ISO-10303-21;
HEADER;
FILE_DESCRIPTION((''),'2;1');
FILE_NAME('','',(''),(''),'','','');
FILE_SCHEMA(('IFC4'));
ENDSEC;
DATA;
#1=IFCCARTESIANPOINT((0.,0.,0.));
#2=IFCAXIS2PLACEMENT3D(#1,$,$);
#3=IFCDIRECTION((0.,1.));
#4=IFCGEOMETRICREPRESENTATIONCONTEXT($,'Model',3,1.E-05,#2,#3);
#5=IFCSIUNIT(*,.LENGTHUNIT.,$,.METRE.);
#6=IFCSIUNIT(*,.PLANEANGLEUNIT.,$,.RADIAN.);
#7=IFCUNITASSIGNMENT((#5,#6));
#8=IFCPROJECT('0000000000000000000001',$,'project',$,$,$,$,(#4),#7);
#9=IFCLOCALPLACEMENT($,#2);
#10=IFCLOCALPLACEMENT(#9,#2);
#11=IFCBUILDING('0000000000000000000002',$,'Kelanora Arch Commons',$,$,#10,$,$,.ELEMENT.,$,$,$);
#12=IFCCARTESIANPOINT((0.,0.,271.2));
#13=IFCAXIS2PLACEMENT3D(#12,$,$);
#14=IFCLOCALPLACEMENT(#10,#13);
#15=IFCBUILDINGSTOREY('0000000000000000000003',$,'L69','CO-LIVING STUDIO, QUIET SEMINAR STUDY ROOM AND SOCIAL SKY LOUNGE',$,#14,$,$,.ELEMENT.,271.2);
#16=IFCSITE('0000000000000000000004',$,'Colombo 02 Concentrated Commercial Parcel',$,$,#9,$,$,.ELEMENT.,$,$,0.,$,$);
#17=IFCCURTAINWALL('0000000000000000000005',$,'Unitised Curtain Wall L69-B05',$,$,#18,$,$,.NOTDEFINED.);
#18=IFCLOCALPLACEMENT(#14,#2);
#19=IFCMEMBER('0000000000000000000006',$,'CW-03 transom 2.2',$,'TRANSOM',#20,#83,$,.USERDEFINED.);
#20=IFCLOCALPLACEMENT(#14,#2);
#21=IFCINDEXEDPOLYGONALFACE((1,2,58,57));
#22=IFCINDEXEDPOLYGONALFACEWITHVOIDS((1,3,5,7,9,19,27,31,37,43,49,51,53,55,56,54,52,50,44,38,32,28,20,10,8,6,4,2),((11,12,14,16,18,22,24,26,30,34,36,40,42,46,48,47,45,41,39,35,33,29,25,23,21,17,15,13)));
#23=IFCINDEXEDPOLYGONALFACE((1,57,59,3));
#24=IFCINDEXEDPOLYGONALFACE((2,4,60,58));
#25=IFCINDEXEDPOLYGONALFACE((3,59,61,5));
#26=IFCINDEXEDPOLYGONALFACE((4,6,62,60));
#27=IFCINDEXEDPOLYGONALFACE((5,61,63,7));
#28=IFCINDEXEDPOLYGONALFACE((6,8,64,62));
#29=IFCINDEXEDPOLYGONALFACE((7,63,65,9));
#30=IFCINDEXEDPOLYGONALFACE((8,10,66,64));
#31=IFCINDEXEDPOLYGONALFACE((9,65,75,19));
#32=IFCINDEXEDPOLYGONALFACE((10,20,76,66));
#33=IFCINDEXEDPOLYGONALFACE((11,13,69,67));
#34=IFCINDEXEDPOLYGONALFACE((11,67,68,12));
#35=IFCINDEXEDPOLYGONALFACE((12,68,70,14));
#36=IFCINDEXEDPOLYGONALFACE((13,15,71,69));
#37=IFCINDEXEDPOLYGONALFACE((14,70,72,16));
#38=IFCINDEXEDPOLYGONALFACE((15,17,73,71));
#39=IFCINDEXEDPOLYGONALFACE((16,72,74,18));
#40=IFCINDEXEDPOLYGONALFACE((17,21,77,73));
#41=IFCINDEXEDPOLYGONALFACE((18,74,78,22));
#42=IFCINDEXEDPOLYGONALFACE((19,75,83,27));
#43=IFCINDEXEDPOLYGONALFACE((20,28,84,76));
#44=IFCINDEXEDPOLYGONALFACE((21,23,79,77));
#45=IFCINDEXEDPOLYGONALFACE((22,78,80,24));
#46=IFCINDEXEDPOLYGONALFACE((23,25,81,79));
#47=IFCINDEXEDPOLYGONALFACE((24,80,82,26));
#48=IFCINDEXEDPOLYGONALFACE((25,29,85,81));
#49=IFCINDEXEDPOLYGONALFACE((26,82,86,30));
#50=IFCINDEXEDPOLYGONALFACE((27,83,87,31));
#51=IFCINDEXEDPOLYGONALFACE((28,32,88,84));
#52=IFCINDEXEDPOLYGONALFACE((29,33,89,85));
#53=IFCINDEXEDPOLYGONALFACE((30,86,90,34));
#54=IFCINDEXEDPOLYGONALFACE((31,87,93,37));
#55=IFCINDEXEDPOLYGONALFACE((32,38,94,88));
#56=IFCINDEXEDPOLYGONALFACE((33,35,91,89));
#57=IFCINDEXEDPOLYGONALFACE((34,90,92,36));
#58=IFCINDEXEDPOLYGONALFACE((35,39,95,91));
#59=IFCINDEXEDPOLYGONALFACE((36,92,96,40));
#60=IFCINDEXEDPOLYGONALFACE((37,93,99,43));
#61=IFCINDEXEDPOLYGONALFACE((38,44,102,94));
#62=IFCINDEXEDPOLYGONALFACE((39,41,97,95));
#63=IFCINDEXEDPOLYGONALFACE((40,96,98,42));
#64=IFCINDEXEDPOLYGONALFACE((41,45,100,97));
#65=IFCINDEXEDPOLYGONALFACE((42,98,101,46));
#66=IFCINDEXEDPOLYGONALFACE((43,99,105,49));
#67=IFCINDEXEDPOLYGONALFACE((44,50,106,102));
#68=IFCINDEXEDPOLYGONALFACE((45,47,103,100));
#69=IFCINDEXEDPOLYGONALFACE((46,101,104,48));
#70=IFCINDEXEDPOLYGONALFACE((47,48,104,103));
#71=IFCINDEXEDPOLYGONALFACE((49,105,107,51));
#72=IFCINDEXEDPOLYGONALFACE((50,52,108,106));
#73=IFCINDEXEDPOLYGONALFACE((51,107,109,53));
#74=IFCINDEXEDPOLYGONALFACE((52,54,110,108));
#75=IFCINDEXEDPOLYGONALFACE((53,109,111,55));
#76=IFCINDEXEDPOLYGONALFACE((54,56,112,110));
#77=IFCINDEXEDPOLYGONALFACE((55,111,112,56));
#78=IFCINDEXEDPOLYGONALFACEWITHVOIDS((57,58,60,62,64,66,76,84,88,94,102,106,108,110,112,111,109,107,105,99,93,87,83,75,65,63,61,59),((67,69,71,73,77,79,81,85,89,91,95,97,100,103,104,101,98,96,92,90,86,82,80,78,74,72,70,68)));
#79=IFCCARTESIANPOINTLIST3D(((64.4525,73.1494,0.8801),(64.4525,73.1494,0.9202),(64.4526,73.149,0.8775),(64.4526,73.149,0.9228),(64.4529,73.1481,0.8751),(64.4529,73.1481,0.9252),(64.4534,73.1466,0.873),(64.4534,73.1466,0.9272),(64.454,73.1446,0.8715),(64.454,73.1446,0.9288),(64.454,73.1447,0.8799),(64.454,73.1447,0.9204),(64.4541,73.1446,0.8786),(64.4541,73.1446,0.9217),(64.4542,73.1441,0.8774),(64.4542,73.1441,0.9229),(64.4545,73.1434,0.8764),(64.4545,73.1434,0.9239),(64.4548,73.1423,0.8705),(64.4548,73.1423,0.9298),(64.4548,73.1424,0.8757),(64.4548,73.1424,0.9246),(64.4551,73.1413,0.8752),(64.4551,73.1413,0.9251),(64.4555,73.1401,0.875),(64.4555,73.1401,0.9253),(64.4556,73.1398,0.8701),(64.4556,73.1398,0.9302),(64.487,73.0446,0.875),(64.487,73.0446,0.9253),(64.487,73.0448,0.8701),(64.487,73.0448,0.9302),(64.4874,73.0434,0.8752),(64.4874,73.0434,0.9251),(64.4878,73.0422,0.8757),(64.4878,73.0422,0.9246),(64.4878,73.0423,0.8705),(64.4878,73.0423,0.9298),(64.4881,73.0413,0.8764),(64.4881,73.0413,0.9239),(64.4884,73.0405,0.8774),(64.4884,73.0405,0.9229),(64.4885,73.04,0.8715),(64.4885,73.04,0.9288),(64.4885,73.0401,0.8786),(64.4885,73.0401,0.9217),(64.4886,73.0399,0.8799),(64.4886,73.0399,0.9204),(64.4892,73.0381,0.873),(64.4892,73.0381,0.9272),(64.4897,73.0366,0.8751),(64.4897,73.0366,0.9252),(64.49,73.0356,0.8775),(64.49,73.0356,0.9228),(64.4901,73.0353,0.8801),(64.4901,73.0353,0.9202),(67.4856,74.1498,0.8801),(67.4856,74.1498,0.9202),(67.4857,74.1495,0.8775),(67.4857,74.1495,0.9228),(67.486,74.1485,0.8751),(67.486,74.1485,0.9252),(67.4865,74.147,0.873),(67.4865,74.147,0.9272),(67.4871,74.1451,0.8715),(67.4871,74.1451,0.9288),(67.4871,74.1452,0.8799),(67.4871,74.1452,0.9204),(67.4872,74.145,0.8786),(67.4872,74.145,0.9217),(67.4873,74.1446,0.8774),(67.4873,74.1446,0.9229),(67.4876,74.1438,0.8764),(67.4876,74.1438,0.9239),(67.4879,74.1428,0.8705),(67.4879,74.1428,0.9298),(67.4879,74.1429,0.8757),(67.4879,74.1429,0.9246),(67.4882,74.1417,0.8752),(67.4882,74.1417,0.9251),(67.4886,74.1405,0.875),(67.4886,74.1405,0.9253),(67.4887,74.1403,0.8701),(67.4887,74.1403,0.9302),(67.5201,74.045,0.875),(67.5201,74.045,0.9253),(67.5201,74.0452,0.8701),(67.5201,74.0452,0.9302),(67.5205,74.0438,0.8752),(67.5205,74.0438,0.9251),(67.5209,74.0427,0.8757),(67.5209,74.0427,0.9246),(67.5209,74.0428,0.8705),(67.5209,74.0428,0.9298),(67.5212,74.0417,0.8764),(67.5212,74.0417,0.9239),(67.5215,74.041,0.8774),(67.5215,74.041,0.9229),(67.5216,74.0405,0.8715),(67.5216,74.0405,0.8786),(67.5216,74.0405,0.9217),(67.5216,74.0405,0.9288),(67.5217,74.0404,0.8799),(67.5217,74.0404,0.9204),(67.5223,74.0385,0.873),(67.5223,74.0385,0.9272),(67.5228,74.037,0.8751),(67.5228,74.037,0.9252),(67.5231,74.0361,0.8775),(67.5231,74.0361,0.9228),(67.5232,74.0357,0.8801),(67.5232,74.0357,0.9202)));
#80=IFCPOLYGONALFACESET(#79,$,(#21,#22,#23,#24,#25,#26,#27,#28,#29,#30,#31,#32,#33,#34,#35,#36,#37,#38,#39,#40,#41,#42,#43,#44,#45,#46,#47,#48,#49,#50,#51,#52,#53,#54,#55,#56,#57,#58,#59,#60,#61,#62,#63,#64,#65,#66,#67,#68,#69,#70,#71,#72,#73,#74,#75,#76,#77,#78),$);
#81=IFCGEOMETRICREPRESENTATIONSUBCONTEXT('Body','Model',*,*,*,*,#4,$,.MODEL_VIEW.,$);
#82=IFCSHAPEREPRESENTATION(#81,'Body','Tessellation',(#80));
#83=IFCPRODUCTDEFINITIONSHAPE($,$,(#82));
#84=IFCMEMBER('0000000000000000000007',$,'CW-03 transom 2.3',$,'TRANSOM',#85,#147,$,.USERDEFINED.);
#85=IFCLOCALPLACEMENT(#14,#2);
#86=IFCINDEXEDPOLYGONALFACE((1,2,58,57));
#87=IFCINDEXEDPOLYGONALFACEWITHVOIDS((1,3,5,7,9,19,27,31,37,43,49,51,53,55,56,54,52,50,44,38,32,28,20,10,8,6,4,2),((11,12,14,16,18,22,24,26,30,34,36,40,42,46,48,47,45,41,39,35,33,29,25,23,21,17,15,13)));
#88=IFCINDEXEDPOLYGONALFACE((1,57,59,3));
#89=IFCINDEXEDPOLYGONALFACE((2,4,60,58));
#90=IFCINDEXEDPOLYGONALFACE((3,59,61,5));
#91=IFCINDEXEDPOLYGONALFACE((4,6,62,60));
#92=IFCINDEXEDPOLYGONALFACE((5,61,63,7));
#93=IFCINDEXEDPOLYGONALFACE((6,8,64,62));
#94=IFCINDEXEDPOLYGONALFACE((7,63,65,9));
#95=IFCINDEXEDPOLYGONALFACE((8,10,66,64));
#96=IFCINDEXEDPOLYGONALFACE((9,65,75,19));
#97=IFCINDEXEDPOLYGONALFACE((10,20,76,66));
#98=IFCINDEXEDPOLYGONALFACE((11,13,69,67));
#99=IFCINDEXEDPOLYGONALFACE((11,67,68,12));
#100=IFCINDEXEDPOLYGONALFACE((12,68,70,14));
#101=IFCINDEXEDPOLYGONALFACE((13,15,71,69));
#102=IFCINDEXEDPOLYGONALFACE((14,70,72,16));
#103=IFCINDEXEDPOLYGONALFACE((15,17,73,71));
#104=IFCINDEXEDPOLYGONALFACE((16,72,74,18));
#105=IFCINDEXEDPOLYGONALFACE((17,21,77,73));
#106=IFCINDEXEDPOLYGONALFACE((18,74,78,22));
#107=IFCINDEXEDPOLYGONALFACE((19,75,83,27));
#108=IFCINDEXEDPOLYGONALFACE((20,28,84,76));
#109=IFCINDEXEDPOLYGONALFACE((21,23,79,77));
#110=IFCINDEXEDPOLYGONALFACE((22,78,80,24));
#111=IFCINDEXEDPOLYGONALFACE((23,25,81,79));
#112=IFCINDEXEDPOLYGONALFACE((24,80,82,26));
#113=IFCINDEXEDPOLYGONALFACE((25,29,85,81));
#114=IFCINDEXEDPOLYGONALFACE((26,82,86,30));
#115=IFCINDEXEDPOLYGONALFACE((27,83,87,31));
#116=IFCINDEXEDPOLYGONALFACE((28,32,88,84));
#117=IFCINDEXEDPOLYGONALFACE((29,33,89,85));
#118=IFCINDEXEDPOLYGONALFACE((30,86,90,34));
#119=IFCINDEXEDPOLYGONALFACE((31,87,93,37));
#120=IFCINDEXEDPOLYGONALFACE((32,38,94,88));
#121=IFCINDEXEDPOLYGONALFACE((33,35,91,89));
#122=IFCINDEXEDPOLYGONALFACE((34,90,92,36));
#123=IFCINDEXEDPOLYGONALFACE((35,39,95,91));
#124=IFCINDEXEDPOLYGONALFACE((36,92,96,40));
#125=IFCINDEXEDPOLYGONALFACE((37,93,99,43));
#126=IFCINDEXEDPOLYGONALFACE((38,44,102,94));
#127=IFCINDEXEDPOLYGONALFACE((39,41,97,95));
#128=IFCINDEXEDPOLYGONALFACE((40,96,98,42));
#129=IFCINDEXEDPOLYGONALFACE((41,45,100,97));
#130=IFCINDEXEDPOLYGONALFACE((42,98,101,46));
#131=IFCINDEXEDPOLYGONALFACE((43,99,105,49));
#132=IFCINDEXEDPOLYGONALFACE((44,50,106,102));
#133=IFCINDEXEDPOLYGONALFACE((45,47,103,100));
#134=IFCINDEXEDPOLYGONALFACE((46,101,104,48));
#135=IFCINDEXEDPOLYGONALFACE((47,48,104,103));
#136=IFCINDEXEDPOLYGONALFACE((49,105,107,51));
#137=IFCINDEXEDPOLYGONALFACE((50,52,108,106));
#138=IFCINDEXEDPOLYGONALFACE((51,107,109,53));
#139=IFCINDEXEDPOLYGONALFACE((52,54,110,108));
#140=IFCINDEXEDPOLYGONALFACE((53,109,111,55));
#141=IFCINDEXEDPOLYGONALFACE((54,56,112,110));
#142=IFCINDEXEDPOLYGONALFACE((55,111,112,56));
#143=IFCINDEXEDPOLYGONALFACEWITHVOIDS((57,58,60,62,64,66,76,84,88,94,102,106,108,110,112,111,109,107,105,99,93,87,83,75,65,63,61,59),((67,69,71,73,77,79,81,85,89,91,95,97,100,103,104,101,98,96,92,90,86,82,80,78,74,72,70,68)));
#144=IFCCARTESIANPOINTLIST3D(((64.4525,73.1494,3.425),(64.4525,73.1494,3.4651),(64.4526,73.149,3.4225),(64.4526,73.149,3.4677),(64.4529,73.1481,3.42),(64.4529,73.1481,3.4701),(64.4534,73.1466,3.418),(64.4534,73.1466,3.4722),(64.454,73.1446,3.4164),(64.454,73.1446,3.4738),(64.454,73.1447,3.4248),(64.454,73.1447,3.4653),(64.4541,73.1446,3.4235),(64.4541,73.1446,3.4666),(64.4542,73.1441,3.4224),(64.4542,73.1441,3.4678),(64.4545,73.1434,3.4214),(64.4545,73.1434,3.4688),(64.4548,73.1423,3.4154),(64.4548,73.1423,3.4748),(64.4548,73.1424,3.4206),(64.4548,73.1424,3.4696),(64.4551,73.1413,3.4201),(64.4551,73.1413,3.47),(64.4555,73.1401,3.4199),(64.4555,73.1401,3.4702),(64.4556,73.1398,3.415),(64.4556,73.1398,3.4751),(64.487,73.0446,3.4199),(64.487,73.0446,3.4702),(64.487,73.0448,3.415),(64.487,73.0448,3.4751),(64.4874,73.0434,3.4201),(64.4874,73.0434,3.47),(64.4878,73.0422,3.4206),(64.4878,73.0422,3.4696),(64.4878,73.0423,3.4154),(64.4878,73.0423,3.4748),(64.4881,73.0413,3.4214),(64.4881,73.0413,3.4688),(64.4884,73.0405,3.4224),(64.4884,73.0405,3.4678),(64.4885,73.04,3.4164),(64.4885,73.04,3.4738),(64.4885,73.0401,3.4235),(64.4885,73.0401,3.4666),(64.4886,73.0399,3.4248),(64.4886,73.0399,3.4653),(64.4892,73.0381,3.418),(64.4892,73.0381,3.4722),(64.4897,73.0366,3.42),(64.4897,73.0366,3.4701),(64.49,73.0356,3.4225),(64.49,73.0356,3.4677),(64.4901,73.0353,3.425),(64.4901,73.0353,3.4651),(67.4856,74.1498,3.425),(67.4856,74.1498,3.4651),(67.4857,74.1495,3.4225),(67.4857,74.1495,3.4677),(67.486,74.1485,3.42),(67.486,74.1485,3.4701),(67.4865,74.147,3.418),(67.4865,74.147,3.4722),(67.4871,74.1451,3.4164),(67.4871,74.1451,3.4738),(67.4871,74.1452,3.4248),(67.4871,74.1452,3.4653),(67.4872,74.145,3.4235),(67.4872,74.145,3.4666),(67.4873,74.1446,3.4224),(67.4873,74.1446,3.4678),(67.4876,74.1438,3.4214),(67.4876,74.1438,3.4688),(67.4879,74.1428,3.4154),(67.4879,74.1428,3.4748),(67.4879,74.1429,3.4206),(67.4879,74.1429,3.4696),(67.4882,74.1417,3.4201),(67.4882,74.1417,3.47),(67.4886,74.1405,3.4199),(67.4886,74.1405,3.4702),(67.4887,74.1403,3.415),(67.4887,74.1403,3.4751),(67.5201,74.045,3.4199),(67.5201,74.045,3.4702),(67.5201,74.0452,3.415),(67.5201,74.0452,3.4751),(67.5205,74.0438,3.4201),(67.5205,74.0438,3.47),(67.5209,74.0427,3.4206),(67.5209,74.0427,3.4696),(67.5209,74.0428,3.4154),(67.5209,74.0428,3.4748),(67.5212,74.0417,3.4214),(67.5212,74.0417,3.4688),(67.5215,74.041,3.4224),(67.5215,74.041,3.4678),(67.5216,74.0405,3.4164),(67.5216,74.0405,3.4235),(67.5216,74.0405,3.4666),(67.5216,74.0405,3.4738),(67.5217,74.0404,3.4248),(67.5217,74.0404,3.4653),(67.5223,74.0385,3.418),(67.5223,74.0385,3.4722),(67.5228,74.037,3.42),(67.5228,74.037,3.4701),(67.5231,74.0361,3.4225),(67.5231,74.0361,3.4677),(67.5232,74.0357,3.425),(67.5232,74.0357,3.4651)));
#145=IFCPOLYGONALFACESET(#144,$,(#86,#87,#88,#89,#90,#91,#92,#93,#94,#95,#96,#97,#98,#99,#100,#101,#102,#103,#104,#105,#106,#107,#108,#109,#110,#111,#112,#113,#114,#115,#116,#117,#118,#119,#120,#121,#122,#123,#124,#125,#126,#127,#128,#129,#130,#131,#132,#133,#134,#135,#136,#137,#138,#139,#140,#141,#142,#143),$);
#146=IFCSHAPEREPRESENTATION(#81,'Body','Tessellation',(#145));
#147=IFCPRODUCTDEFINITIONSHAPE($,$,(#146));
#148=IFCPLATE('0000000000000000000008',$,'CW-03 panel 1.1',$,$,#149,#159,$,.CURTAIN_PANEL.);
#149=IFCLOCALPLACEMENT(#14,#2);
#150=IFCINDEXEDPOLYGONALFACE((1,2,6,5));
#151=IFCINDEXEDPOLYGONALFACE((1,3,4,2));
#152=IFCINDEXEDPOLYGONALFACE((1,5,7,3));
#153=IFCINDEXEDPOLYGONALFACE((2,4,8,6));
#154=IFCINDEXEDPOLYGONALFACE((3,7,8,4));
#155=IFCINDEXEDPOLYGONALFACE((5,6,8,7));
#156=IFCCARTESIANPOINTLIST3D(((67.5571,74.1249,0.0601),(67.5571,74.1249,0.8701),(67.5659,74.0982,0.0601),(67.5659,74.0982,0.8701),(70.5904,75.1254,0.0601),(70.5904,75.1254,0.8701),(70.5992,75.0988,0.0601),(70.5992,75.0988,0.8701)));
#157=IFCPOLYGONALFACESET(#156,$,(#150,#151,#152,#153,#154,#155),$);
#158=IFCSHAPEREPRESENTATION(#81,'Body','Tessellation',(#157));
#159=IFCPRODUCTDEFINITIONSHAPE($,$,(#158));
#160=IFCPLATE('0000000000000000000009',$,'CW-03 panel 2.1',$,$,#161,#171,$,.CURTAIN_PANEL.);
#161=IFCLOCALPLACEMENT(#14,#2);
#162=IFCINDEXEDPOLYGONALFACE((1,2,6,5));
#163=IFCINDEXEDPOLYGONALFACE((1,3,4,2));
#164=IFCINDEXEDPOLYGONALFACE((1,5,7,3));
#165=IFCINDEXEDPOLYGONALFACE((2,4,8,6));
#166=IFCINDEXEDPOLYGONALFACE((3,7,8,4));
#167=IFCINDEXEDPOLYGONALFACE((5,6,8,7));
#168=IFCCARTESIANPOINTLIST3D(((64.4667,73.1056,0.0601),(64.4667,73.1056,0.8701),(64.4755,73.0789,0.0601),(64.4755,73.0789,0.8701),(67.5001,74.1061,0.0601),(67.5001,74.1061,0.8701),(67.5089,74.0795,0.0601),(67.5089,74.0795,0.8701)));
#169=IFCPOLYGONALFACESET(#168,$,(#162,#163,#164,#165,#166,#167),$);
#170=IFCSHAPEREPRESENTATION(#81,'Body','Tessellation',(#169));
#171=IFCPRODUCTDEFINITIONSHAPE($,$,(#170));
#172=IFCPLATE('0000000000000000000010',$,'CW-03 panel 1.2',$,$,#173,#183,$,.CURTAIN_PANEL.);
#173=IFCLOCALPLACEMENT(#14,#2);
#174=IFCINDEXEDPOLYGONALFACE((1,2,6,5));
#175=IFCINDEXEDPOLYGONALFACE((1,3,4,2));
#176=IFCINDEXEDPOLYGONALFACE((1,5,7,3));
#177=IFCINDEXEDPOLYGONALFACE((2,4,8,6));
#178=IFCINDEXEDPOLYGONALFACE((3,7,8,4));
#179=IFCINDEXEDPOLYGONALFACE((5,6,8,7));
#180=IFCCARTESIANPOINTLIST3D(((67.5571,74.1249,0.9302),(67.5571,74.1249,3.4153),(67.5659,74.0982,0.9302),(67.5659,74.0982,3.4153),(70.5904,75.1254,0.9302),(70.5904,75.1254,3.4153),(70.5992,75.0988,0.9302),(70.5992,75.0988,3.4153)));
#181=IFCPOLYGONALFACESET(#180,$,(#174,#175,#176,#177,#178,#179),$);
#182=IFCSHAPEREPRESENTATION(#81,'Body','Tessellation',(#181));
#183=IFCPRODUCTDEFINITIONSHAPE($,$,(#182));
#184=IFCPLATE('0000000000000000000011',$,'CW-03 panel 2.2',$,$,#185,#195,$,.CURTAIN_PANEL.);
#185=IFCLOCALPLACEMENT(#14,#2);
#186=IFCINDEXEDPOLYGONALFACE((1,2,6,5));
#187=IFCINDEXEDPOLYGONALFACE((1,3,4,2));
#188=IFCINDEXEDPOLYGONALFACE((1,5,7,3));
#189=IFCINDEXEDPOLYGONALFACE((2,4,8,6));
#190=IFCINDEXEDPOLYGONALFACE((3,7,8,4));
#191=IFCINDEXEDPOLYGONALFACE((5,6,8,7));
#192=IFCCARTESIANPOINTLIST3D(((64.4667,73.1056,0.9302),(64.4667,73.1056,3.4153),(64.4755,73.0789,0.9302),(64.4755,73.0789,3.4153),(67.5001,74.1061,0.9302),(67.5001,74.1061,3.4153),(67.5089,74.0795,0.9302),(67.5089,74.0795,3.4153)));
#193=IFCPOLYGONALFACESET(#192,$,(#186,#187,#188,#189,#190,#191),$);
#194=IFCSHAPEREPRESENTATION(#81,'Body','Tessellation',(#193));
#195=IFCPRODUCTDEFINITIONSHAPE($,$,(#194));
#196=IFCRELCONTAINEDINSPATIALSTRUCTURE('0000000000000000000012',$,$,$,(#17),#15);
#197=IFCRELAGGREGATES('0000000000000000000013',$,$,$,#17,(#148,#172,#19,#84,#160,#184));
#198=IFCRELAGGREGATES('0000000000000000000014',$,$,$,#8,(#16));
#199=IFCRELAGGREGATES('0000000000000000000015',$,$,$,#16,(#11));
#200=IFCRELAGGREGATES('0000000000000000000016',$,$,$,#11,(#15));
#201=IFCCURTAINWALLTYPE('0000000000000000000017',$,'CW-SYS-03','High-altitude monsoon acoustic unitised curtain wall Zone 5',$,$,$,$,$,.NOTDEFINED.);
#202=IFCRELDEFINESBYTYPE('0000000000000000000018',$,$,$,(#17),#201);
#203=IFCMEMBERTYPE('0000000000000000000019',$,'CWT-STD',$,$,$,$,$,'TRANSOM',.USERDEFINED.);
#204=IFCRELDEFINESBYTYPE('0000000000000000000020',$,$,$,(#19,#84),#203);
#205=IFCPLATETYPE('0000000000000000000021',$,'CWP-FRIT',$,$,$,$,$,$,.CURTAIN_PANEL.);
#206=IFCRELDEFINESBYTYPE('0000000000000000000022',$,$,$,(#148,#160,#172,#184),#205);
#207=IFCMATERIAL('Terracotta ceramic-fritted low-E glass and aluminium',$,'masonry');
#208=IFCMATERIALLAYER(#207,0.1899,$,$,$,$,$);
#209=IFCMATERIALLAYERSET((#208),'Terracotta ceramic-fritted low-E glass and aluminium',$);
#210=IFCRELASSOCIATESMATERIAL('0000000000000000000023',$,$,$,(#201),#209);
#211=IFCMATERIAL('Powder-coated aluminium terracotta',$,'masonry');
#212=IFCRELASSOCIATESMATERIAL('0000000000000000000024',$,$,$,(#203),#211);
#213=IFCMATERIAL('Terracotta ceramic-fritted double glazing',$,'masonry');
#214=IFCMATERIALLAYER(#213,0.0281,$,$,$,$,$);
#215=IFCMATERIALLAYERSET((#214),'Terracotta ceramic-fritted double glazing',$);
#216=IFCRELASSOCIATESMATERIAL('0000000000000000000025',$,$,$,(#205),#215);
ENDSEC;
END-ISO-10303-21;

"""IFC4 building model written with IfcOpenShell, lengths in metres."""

from ifc_helpers import new_model, si_unit, direction, frame, origin, origin_2d, place, context, subcontext, project, spatial, rectangle, hollow_rectangle, extrude, source, transform, mapped, material, layer, layer_set, material_profile, profile_set, type_object, element, aggregate, save


model = new_model("IFC4")

# Units and contexts
model_context = context("Model", 3, precision=1e-05, world=origin(), true_north=direction((0.0, 1.0)))
body_context = subcontext(model_context, "Body", "Model", "MODEL_VIEW")
ifc_project = project(units=[si_unit("LENGTHUNIT", "METRE"), si_unit("PLANEANGLEUNIT", "RADIAN")], contexts=[model_context])

# Site, building, storey
site_placement = place(None, origin())
site = spatial("IfcSite", under=ifc_project, at=site_placement, Name="Colombo 02 Concentrated Commercial Parcel", CompositionType="ELEMENT", RefElevation=0.0)
building_placement = place(site_placement, origin())
building = spatial("IfcBuilding", under=site, at=building_placement, Name="Kelanora Arch Commons", CompositionType="ELEMENT")
storey_placement = place(building_placement, frame((0.0, 0.0, 271.2)))
storey = spatial("IfcBuildingStorey", under=building, at=storey_placement, Name="L69", Description="CO-LIVING STUDIO, QUIET SEMINAR STUDY ROOM AND SOCIAL SKY LOUNGE", CompositionType="ELEMENT", Elevation=271.2)

# Curtain wall, members, plates
ifc_material_1 = material(Name="Terracotta ceramic-fritted low-E glass and aluminium", Category="masonry")
ifc_layer_1 = layer(ifc_material_1, 0.1899)
ifc_layer_set_1 = layer_set([ifc_layer_1], Name="Terracotta ceramic-fritted low-E glass and aluminium")
curtain_wall_type = type_object("IfcCurtainWallType", Name="CW-SYS-03", Description="High-altitude monsoon acoustic unitised curtain wall Zone 5", PredefinedType="NOTDEFINED", material=ifc_layer_set_1)
curtain_wall_placement = place(storey_placement, origin())
curtain_wall = element("IfcCurtainWall", 1, at=curtain_wall_placement, inside=storey, type_object=curtain_wall_type, Name="Unitised Curtain Wall L69-B05", PredefinedType="NOTDEFINED")
ifc_material_2 = material(Name="Powder-coated aluminium terracotta", Category="masonry")
ifc_material_profile_1 = material_profile(ifc_material_2, hollow_rectangle(XDim=0.1201, YDim=0.0601, WallThickness=0.0049, InnerFilletRadius=0.0049, OuterFilletRadius=0.01, at=origin_2d()), Name="CWT120x60")
ifc_profile_set_1 = profile_set([ifc_material_profile_1], Name="Powder-coated aluminium terracotta")
member_type_1 = type_object("IfcMemberType", Name="CWT-STD", ElementType="TRANSOM", PredefinedType="USERDEFINED", material=ifc_profile_set_1)
member_1_placement = place(storey_placement, frame((67.5044, 74.0928, 0.9001), z_axis=(-0.949672, -0.313245, 0.0), x_axis=(0.313245, -0.949672, 0.0)))
member_1 = element("IfcMember", 2, at=member_1_placement, type_object=member_type_1, Name="CW-03 transom 2.2", ObjectType="TRANSOM", PredefinedType="USERDEFINED", context=body_context, shape_type="SweptSolid", body=[
    extrude(hollow_rectangle(XDim=0.1201, YDim=0.0601, WallThickness=0.0049, InnerFilletRadius=0.0049, OuterFilletRadius=0.01, at=origin_2d()), origin(), (0.0, 0.0, 1.0), 3.1938),
])
member_2_placement = place(storey_placement, frame((67.5044, 74.0928, 3.4451), z_axis=(-0.949672, -0.313245, 0.0), x_axis=(0.313245, -0.949672, 0.0)))
member_2 = element("IfcMember", 3, at=member_2_placement, type_object=member_type_1, Name="CW-03 transom 2.3", ObjectType="TRANSOM", PredefinedType="USERDEFINED", context=body_context, shape_type="SweptSolid", body=[
    extrude(hollow_rectangle(XDim=0.1201, YDim=0.0601, WallThickness=0.0049, InnerFilletRadius=0.0049, OuterFilletRadius=0.01, at=origin_2d()), origin(), (0.0, 0.0, 1.0), 3.1938),
])
ifc_material_3 = material(Name="Terracotta ceramic-fritted double glazing", Category="masonry")
ifc_layer_2 = layer(ifc_material_3, 0.0281)
ifc_layer_set_2 = layer_set([ifc_layer_2], Name="Terracotta ceramic-fritted double glazing")
plate_type = type_object("IfcPlateType", Name="CWP-FRIT", PredefinedType="CURTAIN_PANEL", material=ifc_layer_set_2)
shared_shape_1 = source(origin(), body_context, "Body", "SweptSolid", [
    extrude(rectangle(XDim=3.1941, YDim=0.0281, at=origin_2d()), origin(), (0.0, 0.0, 1.0), 0.8101),
])
plate_1_placement = place(storey_placement, frame((69.0781, 74.6118, 0.0601), z_axis=(0.0, 0.0, 1.0), x_axis=(-0.94967, -0.313253, 0.0)))
plate_1 = element("IfcPlate", 4, at=plate_1_placement, type_object=plate_type, Name="CW-03 panel 1.1", PredefinedType="CURTAIN_PANEL", context=body_context, shape_type="MappedRepresentation", body=[
    mapped(shared_shape_1, transform((0.0, 0.0, 0.0), scale=1.0)),
])
plate_2_placement = place(storey_placement, frame((65.9878, 73.5925, 0.0601), z_axis=(0.0, 0.0, 1.0), x_axis=(-0.94967, -0.313253, 0.0)))
plate_2 = element("IfcPlate", 5, at=plate_2_placement, type_object=plate_type, Name="CW-03 panel 2.1", PredefinedType="CURTAIN_PANEL", context=body_context, shape_type="MappedRepresentation", body=[
    mapped(shared_shape_1, transform((0.0, 0.0, 0.0), scale=1.0)),
])
shared_shape_2 = source(origin(), body_context, "Body", "SweptSolid", [
    extrude(rectangle(XDim=3.1941, YDim=0.0281, at=origin_2d()), origin(), (0.0, 0.0, 1.0), 2.4851),
])
plate_3_placement = place(storey_placement, frame((69.0781, 74.6118, 0.9302), z_axis=(0.0, 0.0, 1.0), x_axis=(-0.94967, -0.313253, 0.0)))
plate_3 = element("IfcPlate", 6, at=plate_3_placement, type_object=plate_type, Name="CW-03 panel 1.2", PredefinedType="CURTAIN_PANEL", context=body_context, shape_type="MappedRepresentation", body=[
    mapped(shared_shape_2, transform((0.0, 0.0, 0.0), scale=1.0)),
])
plate_4_placement = place(storey_placement, frame((65.9878, 73.5925, 0.9302), z_axis=(0.0, 0.0, 1.0), x_axis=(-0.94967, -0.313253, 0.0)))
plate_4 = element("IfcPlate", 7, at=plate_4_placement, type_object=plate_type, Name="CW-03 panel 2.2", PredefinedType="CURTAIN_PANEL", context=body_context, shape_type="MappedRepresentation", body=[
    mapped(shared_shape_2, transform((0.0, 0.0, 0.0), scale=1.0)),
])
aggregate(curtain_wall, [plate_1, plate_3, member_1, member_2, plate_2, plate_4])

save(model, "model.ifc")
